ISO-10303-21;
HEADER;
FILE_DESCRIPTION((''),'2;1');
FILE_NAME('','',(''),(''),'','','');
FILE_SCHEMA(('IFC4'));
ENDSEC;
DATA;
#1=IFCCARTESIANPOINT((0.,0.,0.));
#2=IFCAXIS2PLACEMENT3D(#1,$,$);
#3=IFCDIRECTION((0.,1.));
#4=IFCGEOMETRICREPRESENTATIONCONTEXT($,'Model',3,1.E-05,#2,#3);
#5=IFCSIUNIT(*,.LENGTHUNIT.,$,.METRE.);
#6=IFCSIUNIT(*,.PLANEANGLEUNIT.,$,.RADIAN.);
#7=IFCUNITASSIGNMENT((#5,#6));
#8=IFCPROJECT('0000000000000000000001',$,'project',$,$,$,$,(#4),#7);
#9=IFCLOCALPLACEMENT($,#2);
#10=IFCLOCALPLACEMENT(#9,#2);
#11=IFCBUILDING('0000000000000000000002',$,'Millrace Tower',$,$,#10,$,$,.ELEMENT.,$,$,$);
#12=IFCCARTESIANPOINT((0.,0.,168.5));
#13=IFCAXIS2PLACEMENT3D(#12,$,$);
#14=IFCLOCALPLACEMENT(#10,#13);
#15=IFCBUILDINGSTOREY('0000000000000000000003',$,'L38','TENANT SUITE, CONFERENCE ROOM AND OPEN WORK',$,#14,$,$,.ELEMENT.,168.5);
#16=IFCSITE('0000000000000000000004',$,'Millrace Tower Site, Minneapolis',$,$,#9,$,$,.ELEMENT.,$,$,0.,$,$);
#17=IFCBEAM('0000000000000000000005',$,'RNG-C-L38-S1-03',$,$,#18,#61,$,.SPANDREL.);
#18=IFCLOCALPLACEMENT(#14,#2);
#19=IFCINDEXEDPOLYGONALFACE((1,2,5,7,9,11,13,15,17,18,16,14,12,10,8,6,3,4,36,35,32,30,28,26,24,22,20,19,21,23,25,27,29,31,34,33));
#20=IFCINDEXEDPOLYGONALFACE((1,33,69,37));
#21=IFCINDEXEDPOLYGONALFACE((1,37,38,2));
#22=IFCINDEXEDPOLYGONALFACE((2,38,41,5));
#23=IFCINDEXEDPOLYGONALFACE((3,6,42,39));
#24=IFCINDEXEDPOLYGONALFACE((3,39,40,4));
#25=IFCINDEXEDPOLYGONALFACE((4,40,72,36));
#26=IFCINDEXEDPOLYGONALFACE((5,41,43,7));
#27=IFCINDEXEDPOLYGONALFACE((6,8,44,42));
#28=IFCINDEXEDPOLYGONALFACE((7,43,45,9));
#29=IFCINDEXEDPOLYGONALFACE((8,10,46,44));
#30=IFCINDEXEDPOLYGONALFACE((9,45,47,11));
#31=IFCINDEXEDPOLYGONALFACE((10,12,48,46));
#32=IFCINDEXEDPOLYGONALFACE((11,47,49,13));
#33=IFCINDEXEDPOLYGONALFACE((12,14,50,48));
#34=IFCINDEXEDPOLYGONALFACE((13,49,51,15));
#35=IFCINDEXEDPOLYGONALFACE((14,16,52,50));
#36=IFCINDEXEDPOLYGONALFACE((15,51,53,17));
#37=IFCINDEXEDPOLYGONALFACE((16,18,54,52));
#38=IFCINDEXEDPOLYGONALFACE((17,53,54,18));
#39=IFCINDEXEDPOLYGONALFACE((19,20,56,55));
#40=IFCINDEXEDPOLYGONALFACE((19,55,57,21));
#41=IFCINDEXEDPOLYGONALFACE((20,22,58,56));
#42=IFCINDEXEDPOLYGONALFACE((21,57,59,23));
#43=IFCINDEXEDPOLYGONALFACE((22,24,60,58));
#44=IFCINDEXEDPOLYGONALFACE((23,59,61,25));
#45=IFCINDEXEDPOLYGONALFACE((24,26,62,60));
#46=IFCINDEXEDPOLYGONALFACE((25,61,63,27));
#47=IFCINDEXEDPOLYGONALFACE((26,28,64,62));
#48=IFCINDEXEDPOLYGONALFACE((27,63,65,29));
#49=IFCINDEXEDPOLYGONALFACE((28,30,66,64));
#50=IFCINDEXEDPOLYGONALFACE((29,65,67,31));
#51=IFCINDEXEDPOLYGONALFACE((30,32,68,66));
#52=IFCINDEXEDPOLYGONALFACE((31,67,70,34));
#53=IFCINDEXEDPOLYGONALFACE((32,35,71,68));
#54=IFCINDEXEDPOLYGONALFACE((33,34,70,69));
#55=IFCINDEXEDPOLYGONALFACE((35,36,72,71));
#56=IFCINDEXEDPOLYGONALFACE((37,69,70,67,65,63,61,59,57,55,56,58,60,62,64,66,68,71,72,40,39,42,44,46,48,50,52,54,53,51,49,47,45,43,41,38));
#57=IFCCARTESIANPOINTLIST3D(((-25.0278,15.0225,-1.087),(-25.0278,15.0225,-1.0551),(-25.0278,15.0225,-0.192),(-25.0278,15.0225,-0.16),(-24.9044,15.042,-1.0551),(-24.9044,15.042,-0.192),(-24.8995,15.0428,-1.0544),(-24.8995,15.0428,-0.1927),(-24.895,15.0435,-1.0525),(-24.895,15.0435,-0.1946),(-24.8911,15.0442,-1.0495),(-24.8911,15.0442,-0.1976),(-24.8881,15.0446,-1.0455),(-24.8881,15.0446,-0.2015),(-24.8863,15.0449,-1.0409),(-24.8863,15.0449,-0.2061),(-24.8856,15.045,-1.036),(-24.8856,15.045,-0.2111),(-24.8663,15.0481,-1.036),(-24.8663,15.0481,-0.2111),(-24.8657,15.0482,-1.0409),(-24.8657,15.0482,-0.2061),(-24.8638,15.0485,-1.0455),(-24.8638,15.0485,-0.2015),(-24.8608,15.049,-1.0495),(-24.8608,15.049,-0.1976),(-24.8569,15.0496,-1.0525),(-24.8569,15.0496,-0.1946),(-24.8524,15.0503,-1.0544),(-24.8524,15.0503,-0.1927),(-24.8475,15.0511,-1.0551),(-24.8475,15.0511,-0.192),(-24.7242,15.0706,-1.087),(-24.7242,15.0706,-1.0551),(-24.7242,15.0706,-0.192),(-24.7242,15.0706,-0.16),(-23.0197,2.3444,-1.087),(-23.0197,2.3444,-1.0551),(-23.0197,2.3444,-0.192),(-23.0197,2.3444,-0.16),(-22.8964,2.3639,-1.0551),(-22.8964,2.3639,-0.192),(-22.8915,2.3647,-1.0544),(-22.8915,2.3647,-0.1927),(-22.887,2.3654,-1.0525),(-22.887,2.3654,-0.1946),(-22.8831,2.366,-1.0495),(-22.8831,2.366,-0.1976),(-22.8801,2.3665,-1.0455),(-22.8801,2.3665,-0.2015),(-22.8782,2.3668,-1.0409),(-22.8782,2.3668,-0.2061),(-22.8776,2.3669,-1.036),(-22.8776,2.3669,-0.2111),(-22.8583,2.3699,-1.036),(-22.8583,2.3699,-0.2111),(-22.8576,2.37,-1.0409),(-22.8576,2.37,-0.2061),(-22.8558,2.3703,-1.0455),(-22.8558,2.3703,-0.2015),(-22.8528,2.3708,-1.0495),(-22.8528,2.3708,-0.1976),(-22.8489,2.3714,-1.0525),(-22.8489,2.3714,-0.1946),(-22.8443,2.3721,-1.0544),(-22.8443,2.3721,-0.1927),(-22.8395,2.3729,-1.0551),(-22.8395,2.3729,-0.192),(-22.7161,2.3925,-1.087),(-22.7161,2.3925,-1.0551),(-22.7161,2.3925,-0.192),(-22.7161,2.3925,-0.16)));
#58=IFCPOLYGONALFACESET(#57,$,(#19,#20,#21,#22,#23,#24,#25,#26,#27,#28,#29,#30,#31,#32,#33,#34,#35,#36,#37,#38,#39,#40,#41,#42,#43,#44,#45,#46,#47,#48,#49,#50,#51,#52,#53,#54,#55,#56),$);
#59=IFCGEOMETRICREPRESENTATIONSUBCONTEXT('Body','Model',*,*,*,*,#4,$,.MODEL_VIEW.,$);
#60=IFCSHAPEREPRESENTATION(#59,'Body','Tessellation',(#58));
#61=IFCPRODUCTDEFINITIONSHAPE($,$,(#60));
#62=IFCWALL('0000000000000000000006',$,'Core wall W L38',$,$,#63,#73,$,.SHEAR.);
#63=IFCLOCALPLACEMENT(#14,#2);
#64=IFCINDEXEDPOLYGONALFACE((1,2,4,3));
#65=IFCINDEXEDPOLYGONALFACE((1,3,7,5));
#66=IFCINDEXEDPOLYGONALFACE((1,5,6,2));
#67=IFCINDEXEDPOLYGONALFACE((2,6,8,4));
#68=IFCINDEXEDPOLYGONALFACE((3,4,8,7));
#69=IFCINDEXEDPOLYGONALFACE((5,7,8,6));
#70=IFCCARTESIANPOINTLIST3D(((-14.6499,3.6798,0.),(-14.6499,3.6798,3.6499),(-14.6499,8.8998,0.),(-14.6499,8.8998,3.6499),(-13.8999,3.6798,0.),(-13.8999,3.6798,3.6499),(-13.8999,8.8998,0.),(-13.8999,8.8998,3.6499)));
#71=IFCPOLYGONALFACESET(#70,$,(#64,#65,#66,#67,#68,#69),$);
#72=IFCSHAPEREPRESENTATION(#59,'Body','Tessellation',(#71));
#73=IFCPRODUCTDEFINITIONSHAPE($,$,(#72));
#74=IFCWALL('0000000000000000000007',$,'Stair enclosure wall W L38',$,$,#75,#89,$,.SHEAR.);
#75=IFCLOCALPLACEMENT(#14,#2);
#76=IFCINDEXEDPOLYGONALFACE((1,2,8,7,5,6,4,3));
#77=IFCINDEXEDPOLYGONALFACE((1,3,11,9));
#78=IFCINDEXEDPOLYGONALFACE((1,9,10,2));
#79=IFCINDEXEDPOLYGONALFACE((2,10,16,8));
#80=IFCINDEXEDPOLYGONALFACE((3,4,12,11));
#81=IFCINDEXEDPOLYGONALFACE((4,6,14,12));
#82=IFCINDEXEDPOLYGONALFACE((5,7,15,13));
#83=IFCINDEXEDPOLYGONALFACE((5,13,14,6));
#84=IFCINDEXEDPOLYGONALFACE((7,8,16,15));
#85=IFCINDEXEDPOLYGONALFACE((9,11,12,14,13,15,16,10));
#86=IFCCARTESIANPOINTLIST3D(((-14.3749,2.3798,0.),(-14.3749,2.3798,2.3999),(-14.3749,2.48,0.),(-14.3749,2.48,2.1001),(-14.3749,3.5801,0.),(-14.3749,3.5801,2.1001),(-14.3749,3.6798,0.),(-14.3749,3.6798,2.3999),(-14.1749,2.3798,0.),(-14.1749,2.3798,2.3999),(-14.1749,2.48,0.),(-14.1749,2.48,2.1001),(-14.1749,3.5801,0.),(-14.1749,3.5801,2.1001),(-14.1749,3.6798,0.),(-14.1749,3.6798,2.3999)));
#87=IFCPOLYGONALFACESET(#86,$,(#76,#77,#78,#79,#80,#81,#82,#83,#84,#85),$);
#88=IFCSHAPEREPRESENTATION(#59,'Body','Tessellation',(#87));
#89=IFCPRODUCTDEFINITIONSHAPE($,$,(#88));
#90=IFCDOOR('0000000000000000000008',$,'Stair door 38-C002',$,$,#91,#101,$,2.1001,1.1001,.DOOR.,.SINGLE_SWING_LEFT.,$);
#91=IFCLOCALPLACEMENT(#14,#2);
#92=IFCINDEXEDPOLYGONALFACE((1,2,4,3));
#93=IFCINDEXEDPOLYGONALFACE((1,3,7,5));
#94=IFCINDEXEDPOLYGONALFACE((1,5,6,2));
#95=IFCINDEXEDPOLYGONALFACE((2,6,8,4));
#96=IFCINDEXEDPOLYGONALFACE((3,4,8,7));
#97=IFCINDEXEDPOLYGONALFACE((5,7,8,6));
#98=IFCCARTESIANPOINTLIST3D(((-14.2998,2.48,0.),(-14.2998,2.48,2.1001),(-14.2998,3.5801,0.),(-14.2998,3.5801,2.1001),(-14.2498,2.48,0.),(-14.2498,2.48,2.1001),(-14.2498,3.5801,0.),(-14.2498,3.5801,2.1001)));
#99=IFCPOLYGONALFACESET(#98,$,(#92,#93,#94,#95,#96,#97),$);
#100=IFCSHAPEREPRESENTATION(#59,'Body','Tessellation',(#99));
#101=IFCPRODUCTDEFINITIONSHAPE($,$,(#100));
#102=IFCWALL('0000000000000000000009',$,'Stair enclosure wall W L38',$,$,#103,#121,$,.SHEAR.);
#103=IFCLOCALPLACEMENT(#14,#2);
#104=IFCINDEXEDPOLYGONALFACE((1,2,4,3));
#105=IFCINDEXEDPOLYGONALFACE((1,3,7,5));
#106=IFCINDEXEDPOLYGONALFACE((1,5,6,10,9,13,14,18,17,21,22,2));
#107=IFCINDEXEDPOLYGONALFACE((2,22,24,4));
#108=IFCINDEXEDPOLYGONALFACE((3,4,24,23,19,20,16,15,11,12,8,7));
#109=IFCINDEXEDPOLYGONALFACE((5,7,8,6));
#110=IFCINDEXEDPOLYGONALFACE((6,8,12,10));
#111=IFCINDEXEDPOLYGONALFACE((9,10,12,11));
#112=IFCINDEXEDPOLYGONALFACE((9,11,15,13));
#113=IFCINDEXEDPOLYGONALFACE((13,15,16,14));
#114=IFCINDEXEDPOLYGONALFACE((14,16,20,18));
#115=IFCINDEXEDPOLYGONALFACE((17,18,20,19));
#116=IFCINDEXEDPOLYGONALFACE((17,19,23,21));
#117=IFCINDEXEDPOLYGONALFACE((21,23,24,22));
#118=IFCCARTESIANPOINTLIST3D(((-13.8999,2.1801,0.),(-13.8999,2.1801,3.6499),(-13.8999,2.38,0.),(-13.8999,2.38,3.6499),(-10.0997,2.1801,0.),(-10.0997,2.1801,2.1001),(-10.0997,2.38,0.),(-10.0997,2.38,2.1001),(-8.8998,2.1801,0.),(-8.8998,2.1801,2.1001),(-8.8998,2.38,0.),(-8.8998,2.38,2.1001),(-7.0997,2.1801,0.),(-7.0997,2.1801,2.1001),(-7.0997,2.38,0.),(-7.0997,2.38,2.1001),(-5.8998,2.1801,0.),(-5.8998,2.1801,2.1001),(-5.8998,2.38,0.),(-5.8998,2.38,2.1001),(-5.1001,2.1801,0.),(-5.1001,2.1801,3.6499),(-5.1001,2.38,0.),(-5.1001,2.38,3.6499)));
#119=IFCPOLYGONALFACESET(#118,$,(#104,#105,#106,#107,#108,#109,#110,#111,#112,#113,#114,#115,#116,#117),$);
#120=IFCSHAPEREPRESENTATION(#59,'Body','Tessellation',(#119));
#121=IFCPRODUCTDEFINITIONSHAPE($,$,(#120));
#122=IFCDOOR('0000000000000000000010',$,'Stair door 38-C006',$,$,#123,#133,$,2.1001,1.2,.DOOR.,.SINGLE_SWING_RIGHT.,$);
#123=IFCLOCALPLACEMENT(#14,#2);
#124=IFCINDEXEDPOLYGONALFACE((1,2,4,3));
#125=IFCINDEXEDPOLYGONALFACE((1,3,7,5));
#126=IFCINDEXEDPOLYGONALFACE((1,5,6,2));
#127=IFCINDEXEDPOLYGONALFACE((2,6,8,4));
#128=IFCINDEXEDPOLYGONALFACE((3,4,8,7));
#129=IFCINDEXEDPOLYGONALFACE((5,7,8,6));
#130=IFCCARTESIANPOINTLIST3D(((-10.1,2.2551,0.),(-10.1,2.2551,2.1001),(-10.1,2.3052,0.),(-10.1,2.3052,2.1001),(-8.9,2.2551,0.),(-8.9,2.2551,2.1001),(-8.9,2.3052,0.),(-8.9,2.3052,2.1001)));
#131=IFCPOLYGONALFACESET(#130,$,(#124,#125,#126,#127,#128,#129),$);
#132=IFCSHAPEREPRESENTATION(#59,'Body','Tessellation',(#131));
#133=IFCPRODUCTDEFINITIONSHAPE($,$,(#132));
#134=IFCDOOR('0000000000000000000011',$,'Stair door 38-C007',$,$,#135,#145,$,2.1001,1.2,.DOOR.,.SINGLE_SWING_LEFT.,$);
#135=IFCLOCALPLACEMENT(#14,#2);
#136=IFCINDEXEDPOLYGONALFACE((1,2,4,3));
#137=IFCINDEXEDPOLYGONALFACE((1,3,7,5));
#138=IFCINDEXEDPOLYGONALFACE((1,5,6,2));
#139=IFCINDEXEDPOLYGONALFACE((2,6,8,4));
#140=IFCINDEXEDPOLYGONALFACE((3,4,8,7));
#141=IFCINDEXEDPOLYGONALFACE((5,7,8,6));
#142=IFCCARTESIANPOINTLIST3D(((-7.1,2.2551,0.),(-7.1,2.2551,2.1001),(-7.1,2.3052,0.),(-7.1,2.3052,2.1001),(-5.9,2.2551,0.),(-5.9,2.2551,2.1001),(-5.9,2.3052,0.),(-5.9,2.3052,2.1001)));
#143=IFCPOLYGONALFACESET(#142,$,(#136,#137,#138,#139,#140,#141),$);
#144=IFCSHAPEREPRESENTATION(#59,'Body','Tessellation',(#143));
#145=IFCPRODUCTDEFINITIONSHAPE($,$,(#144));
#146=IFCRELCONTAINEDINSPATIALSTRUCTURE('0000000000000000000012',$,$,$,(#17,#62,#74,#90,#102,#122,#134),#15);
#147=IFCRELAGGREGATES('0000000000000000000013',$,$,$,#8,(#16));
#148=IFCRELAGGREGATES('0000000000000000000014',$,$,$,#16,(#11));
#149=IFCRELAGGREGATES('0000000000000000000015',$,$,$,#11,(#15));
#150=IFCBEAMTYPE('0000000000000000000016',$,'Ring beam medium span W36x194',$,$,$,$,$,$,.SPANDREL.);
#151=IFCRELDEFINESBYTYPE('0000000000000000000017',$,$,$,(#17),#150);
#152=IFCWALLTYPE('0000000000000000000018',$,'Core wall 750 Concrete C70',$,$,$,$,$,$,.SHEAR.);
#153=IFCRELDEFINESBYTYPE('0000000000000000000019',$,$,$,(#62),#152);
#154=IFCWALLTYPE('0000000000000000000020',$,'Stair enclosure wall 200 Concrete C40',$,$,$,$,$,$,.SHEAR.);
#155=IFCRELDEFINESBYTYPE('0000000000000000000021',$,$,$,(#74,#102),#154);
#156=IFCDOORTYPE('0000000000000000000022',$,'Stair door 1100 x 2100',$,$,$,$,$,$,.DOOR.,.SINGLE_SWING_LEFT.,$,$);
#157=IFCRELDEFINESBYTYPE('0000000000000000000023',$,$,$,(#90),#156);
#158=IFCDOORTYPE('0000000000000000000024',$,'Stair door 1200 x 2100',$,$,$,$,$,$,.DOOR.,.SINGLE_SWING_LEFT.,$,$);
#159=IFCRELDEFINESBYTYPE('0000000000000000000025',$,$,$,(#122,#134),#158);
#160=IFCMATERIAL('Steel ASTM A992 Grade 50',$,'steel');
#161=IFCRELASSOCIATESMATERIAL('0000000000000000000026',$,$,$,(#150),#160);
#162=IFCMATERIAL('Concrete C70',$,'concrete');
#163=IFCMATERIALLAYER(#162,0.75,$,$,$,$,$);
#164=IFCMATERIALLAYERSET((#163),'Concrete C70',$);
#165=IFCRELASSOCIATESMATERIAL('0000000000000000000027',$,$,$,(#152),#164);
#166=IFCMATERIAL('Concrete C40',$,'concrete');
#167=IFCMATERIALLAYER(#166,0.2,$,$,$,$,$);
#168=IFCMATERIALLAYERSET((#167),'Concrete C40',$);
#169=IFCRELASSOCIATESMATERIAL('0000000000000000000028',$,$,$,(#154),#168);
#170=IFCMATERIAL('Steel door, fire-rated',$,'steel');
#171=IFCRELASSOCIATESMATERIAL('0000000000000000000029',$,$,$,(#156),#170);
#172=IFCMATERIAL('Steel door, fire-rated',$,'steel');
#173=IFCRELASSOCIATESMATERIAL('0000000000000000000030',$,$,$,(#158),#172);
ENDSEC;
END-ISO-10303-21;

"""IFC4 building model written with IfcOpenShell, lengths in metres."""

from ifc_helpers import new_model, si_unit, direction, frame, frame_2d, origin, origin_2d, place, context, subcontext, project, spatial, rectangle, i_section, extrude, material, layer, layer_set, material_profile, profile_set, type_object, element, fill, save


model = new_model("IFC4")

# Units and contexts
model_context = context("Model", 3, precision=1e-05, world=origin(), true_north=direction((0.0, 1.0)))
body_context = subcontext(model_context, "Body", "Model", "MODEL_VIEW")
ifc_project = project(units=[si_unit("LENGTHUNIT", "METRE"), si_unit("PLANEANGLEUNIT", "RADIAN")], contexts=[model_context])

# Site, building, storey
site_placement = place(None, origin())
site = spatial("IfcSite", under=ifc_project, at=site_placement, Name="Millrace Tower Site, Minneapolis", CompositionType="ELEMENT", RefElevation=0.0)
building_placement = place(site_placement, origin())
building = spatial("IfcBuilding", under=site, at=building_placement, Name="Millrace Tower", CompositionType="ELEMENT")
storey_placement = place(building_placement, frame((0.0, 0.0, 168.5)))
storey = spatial("IfcBuildingStorey", under=building, at=storey_placement, Name="L38", Description="TENANT SUITE, CONFERENCE ROOM AND OPEN WORK", CompositionType="ELEMENT", Elevation=168.5)

# Beam
ifc_material_1 = material(Name="Steel ASTM A992 Grade 50", Category="steel")
ifc_material_profile_1 = material_profile(ifc_material_1, i_section(OverallWidth=0.3074, OverallDepth=0.927, WebThickness=0.0195, FlangeThickness=0.032, FilletRadius=0.019, at=origin_2d()))
ifc_profile_set_1 = profile_set([ifc_material_profile_1], Name="Steel ASTM A992 Grade 50")
beam_type_1 = type_object("IfcBeamType", Name="Ring beam medium span W36x194", PredefinedType="SPANDREL", material=ifc_profile_set_1)
beam_1_placement = place(storey_placement, frame((-22.8679, 2.3684, -0.6235), z_axis=(-0.156436, 0.987688, 0.0), x_axis=(-0.987688, -0.156436, 0.0)))
element("IfcBeam", 1, at=beam_1_placement, inside=storey, type_object=beam_type_1, Name="RNG-C-L38-S1-03", PredefinedType="SPANDREL", context=body_context, shape_type="SweptSolid", body=[
    extrude(i_section(OverallWidth=0.3074, OverallDepth=0.927, WebThickness=0.0195, FlangeThickness=0.032, FilletRadius=0.019, at=origin_2d()), origin(), (0.0, 0.0, 1.0), 12.8362),
])

# Wall
ifc_material_2 = material(Name="Concrete C70", Category="concrete")
ifc_layer_1 = layer(ifc_material_2, 0.75)
ifc_layer_set_1 = layer_set([ifc_layer_1], Name="Concrete C70")
wall_type_1 = type_object("IfcWallType", Name="Core wall 750 Concrete C70", PredefinedType="SHEAR", material=ifc_layer_set_1)
wall_1_placement = place(storey_placement, frame((-14.2749, 3.6799, 0.0), z_axis=(0.0, 0.0, 1.0), x_axis=(0.0, 1.0, 0.0)))
element("IfcWall", 2, at=wall_1_placement, inside=storey, type_object=wall_type_1, Name="Core wall W L38", PredefinedType="SHEAR", context=body_context, shape_type="SweptSolid", body=[
    extrude(rectangle(XDim=5.22, YDim=0.75, at=frame_2d((2.6099, 0.0))), origin(), (0.0, 0.0, 1.0), 3.6499),
])

# Wall, opening, door
ifc_material_3 = material(Name="Concrete C40", Category="concrete")
ifc_layer_2 = layer(ifc_material_3, 0.2)
ifc_layer_set_2 = layer_set([ifc_layer_2], Name="Concrete C40")
wall_type_2 = type_object("IfcWallType", Name="Stair enclosure wall 200 Concrete C40", PredefinedType="SHEAR", material=ifc_layer_set_2)
wall_2_placement = place(storey_placement, frame((-14.2749, 2.3799, 0.0), z_axis=(0.0, 0.0, 1.0), x_axis=(0.0, 1.0, 0.0)))
wall_2 = element("IfcWall", 3, at=wall_2_placement, inside=storey, type_object=wall_type_2, Name="Stair enclosure wall W L38", PredefinedType="SHEAR", context=body_context, shape_type="SweptSolid", body=[
    extrude(rectangle(XDim=1.3, YDim=0.2, at=frame_2d((0.6499, 0.0))), origin(), (0.0, 0.0, 1.0), 2.3999),
])
opening_1_placement = place(wall_2_placement, frame((0.1001, 0.0, 0.0)))
opening_1 = element("IfcOpeningElement", 4, at=opening_1_placement, cuts=wall_2, PredefinedType="OPENING", context=body_context, shape_type="SweptSolid", body=[
    extrude(rectangle(XDim=1.1001, YDim=2.1001, at=frame_2d((0.55, 1.05))), frame((0.0, 0.1099, 0.0), z_axis=(0.0, -1.0, 0.0), x_axis=(1.0, 0.0, 0.0)), (0.0, 0.0, 1.0), 0.22),
])
ifc_material_4 = material(Name="Steel door, fire-rated", Category="steel")
door_type_1 = type_object("IfcDoorType", Name="Stair door 1100 x 2100", OperationType="SINGLE_SWING_LEFT", PredefinedType="DOOR", material=ifc_material_4)
door_1_placement = place(opening_1_placement, origin())
door_1 = element("IfcDoor", 5, at=door_1_placement, inside=storey, type_object=door_type_1, Name="Stair door 38-C002", OperationType="SINGLE_SWING_LEFT", OverallHeight=2.1001, OverallWidth=1.1001, PredefinedType="DOOR", context=body_context, shape_type="SweptSolid", body=[
    extrude(rectangle(XDim=1.1001, YDim=2.1001, at=frame_2d((0.55, 1.05))), frame((0.0, 0.0249, 0.0), z_axis=(0.0, -1.0, 0.0), x_axis=(1.0, 0.0, 0.0)), (0.0, 0.0, 1.0), 0.05),
])
fill(opening_1, door_1)

# Wall, openings, doors
wall_3_placement = place(storey_placement, frame((-13.8999, 2.28, 0.0), z_axis=(0.0, 0.0, 1.0), x_axis=(1.0, 0.0, 0.0)))
wall_3 = element("IfcWall", 6, at=wall_3_placement, inside=storey, type_object=wall_type_2, Name="Stair enclosure wall W L38", PredefinedType="SHEAR", context=body_context, shape_type="SweptSolid", body=[
    extrude(rectangle(XDim=8.7998, YDim=0.2, at=frame_2d((4.3999, 0.0))), origin(), (0.0, 0.0, 1.0), 3.6499),
])
opening_2_placement = place(wall_3_placement, frame((3.8, 0.0, 0.0)))
opening_2 = element("IfcOpeningElement", 7, at=opening_2_placement, cuts=wall_3, PredefinedType="OPENING", context=body_context, shape_type="SweptSolid", body=[
    extrude(rectangle(XDim=1.2, YDim=2.1001, at=frame_2d((0.6001, 1.05))), frame((0.0, 0.1099, 0.0), z_axis=(0.0, -1.0, 0.0), x_axis=(1.0, 0.0, 0.0)), (0.0, 0.0, 1.0), 0.22),
])
opening_3_placement = place(wall_3_placement, frame((6.8, 0.0, 0.0)))
opening_3 = element("IfcOpeningElement", 8, at=opening_3_placement, cuts=wall_3, PredefinedType="OPENING", context=body_context, shape_type="SweptSolid", body=[
    extrude(rectangle(XDim=1.2, YDim=2.1001, at=frame_2d((0.6001, 1.05))), frame((0.0, 0.1099, 0.0), z_axis=(0.0, -1.0, 0.0), x_axis=(1.0, 0.0, 0.0)), (0.0, 0.0, 1.0), 0.22),
])
ifc_material_5 = material(Name="Steel door, fire-rated", Category="steel")
door_type_2 = type_object("IfcDoorType", Name="Stair door 1200 x 2100", OperationType="SINGLE_SWING_LEFT", PredefinedType="DOOR", material=ifc_material_5)
door_2_placement = place(opening_2_placement, frame((1.2, 0.0, 0.0), z_axis=(0.0, 0.0, 1.0), x_axis=(-1.0, 0.0, 0.0)))
door_2 = element("IfcDoor", 9, at=door_2_placement, inside=storey, type_object=door_type_2, Name="Stair door 38-C006", OperationType="SINGLE_SWING_RIGHT", OverallHeight=2.1001, OverallWidth=1.2, PredefinedType="DOOR", context=body_context, shape_type="SweptSolid", body=[
    extrude(rectangle(XDim=1.2, YDim=2.1001, at=frame_2d((0.6001, 1.05))), frame((0.0, 0.0249, 0.0), z_axis=(0.0, -1.0, 0.0), x_axis=(1.0, 0.0, 0.0)), (0.0, 0.0, 1.0), 0.05),
])
fill(opening_2, door_2)
door_3_placement = place(opening_3_placement, frame((1.2, 0.0, 0.0), z_axis=(0.0, 0.0, 1.0), x_axis=(-1.0, 0.0, 0.0)))
door_3 = element("IfcDoor", 10, at=door_3_placement, inside=storey, type_object=door_type_2, Name="Stair door 38-C007", OperationType="SINGLE_SWING_LEFT", OverallHeight=2.1001, OverallWidth=1.2, PredefinedType="DOOR", context=body_context, shape_type="SweptSolid", body=[
    extrude(rectangle(XDim=1.2, YDim=2.1001, at=frame_2d((0.6001, 1.05))), frame((0.0, 0.0249, 0.0), z_axis=(0.0, -1.0, 0.0), x_axis=(1.0, 0.0, 0.0)), (0.0, 0.0, 1.0), 0.05),
])
fill(opening_3, door_3)

save(model, "model.ifc")
